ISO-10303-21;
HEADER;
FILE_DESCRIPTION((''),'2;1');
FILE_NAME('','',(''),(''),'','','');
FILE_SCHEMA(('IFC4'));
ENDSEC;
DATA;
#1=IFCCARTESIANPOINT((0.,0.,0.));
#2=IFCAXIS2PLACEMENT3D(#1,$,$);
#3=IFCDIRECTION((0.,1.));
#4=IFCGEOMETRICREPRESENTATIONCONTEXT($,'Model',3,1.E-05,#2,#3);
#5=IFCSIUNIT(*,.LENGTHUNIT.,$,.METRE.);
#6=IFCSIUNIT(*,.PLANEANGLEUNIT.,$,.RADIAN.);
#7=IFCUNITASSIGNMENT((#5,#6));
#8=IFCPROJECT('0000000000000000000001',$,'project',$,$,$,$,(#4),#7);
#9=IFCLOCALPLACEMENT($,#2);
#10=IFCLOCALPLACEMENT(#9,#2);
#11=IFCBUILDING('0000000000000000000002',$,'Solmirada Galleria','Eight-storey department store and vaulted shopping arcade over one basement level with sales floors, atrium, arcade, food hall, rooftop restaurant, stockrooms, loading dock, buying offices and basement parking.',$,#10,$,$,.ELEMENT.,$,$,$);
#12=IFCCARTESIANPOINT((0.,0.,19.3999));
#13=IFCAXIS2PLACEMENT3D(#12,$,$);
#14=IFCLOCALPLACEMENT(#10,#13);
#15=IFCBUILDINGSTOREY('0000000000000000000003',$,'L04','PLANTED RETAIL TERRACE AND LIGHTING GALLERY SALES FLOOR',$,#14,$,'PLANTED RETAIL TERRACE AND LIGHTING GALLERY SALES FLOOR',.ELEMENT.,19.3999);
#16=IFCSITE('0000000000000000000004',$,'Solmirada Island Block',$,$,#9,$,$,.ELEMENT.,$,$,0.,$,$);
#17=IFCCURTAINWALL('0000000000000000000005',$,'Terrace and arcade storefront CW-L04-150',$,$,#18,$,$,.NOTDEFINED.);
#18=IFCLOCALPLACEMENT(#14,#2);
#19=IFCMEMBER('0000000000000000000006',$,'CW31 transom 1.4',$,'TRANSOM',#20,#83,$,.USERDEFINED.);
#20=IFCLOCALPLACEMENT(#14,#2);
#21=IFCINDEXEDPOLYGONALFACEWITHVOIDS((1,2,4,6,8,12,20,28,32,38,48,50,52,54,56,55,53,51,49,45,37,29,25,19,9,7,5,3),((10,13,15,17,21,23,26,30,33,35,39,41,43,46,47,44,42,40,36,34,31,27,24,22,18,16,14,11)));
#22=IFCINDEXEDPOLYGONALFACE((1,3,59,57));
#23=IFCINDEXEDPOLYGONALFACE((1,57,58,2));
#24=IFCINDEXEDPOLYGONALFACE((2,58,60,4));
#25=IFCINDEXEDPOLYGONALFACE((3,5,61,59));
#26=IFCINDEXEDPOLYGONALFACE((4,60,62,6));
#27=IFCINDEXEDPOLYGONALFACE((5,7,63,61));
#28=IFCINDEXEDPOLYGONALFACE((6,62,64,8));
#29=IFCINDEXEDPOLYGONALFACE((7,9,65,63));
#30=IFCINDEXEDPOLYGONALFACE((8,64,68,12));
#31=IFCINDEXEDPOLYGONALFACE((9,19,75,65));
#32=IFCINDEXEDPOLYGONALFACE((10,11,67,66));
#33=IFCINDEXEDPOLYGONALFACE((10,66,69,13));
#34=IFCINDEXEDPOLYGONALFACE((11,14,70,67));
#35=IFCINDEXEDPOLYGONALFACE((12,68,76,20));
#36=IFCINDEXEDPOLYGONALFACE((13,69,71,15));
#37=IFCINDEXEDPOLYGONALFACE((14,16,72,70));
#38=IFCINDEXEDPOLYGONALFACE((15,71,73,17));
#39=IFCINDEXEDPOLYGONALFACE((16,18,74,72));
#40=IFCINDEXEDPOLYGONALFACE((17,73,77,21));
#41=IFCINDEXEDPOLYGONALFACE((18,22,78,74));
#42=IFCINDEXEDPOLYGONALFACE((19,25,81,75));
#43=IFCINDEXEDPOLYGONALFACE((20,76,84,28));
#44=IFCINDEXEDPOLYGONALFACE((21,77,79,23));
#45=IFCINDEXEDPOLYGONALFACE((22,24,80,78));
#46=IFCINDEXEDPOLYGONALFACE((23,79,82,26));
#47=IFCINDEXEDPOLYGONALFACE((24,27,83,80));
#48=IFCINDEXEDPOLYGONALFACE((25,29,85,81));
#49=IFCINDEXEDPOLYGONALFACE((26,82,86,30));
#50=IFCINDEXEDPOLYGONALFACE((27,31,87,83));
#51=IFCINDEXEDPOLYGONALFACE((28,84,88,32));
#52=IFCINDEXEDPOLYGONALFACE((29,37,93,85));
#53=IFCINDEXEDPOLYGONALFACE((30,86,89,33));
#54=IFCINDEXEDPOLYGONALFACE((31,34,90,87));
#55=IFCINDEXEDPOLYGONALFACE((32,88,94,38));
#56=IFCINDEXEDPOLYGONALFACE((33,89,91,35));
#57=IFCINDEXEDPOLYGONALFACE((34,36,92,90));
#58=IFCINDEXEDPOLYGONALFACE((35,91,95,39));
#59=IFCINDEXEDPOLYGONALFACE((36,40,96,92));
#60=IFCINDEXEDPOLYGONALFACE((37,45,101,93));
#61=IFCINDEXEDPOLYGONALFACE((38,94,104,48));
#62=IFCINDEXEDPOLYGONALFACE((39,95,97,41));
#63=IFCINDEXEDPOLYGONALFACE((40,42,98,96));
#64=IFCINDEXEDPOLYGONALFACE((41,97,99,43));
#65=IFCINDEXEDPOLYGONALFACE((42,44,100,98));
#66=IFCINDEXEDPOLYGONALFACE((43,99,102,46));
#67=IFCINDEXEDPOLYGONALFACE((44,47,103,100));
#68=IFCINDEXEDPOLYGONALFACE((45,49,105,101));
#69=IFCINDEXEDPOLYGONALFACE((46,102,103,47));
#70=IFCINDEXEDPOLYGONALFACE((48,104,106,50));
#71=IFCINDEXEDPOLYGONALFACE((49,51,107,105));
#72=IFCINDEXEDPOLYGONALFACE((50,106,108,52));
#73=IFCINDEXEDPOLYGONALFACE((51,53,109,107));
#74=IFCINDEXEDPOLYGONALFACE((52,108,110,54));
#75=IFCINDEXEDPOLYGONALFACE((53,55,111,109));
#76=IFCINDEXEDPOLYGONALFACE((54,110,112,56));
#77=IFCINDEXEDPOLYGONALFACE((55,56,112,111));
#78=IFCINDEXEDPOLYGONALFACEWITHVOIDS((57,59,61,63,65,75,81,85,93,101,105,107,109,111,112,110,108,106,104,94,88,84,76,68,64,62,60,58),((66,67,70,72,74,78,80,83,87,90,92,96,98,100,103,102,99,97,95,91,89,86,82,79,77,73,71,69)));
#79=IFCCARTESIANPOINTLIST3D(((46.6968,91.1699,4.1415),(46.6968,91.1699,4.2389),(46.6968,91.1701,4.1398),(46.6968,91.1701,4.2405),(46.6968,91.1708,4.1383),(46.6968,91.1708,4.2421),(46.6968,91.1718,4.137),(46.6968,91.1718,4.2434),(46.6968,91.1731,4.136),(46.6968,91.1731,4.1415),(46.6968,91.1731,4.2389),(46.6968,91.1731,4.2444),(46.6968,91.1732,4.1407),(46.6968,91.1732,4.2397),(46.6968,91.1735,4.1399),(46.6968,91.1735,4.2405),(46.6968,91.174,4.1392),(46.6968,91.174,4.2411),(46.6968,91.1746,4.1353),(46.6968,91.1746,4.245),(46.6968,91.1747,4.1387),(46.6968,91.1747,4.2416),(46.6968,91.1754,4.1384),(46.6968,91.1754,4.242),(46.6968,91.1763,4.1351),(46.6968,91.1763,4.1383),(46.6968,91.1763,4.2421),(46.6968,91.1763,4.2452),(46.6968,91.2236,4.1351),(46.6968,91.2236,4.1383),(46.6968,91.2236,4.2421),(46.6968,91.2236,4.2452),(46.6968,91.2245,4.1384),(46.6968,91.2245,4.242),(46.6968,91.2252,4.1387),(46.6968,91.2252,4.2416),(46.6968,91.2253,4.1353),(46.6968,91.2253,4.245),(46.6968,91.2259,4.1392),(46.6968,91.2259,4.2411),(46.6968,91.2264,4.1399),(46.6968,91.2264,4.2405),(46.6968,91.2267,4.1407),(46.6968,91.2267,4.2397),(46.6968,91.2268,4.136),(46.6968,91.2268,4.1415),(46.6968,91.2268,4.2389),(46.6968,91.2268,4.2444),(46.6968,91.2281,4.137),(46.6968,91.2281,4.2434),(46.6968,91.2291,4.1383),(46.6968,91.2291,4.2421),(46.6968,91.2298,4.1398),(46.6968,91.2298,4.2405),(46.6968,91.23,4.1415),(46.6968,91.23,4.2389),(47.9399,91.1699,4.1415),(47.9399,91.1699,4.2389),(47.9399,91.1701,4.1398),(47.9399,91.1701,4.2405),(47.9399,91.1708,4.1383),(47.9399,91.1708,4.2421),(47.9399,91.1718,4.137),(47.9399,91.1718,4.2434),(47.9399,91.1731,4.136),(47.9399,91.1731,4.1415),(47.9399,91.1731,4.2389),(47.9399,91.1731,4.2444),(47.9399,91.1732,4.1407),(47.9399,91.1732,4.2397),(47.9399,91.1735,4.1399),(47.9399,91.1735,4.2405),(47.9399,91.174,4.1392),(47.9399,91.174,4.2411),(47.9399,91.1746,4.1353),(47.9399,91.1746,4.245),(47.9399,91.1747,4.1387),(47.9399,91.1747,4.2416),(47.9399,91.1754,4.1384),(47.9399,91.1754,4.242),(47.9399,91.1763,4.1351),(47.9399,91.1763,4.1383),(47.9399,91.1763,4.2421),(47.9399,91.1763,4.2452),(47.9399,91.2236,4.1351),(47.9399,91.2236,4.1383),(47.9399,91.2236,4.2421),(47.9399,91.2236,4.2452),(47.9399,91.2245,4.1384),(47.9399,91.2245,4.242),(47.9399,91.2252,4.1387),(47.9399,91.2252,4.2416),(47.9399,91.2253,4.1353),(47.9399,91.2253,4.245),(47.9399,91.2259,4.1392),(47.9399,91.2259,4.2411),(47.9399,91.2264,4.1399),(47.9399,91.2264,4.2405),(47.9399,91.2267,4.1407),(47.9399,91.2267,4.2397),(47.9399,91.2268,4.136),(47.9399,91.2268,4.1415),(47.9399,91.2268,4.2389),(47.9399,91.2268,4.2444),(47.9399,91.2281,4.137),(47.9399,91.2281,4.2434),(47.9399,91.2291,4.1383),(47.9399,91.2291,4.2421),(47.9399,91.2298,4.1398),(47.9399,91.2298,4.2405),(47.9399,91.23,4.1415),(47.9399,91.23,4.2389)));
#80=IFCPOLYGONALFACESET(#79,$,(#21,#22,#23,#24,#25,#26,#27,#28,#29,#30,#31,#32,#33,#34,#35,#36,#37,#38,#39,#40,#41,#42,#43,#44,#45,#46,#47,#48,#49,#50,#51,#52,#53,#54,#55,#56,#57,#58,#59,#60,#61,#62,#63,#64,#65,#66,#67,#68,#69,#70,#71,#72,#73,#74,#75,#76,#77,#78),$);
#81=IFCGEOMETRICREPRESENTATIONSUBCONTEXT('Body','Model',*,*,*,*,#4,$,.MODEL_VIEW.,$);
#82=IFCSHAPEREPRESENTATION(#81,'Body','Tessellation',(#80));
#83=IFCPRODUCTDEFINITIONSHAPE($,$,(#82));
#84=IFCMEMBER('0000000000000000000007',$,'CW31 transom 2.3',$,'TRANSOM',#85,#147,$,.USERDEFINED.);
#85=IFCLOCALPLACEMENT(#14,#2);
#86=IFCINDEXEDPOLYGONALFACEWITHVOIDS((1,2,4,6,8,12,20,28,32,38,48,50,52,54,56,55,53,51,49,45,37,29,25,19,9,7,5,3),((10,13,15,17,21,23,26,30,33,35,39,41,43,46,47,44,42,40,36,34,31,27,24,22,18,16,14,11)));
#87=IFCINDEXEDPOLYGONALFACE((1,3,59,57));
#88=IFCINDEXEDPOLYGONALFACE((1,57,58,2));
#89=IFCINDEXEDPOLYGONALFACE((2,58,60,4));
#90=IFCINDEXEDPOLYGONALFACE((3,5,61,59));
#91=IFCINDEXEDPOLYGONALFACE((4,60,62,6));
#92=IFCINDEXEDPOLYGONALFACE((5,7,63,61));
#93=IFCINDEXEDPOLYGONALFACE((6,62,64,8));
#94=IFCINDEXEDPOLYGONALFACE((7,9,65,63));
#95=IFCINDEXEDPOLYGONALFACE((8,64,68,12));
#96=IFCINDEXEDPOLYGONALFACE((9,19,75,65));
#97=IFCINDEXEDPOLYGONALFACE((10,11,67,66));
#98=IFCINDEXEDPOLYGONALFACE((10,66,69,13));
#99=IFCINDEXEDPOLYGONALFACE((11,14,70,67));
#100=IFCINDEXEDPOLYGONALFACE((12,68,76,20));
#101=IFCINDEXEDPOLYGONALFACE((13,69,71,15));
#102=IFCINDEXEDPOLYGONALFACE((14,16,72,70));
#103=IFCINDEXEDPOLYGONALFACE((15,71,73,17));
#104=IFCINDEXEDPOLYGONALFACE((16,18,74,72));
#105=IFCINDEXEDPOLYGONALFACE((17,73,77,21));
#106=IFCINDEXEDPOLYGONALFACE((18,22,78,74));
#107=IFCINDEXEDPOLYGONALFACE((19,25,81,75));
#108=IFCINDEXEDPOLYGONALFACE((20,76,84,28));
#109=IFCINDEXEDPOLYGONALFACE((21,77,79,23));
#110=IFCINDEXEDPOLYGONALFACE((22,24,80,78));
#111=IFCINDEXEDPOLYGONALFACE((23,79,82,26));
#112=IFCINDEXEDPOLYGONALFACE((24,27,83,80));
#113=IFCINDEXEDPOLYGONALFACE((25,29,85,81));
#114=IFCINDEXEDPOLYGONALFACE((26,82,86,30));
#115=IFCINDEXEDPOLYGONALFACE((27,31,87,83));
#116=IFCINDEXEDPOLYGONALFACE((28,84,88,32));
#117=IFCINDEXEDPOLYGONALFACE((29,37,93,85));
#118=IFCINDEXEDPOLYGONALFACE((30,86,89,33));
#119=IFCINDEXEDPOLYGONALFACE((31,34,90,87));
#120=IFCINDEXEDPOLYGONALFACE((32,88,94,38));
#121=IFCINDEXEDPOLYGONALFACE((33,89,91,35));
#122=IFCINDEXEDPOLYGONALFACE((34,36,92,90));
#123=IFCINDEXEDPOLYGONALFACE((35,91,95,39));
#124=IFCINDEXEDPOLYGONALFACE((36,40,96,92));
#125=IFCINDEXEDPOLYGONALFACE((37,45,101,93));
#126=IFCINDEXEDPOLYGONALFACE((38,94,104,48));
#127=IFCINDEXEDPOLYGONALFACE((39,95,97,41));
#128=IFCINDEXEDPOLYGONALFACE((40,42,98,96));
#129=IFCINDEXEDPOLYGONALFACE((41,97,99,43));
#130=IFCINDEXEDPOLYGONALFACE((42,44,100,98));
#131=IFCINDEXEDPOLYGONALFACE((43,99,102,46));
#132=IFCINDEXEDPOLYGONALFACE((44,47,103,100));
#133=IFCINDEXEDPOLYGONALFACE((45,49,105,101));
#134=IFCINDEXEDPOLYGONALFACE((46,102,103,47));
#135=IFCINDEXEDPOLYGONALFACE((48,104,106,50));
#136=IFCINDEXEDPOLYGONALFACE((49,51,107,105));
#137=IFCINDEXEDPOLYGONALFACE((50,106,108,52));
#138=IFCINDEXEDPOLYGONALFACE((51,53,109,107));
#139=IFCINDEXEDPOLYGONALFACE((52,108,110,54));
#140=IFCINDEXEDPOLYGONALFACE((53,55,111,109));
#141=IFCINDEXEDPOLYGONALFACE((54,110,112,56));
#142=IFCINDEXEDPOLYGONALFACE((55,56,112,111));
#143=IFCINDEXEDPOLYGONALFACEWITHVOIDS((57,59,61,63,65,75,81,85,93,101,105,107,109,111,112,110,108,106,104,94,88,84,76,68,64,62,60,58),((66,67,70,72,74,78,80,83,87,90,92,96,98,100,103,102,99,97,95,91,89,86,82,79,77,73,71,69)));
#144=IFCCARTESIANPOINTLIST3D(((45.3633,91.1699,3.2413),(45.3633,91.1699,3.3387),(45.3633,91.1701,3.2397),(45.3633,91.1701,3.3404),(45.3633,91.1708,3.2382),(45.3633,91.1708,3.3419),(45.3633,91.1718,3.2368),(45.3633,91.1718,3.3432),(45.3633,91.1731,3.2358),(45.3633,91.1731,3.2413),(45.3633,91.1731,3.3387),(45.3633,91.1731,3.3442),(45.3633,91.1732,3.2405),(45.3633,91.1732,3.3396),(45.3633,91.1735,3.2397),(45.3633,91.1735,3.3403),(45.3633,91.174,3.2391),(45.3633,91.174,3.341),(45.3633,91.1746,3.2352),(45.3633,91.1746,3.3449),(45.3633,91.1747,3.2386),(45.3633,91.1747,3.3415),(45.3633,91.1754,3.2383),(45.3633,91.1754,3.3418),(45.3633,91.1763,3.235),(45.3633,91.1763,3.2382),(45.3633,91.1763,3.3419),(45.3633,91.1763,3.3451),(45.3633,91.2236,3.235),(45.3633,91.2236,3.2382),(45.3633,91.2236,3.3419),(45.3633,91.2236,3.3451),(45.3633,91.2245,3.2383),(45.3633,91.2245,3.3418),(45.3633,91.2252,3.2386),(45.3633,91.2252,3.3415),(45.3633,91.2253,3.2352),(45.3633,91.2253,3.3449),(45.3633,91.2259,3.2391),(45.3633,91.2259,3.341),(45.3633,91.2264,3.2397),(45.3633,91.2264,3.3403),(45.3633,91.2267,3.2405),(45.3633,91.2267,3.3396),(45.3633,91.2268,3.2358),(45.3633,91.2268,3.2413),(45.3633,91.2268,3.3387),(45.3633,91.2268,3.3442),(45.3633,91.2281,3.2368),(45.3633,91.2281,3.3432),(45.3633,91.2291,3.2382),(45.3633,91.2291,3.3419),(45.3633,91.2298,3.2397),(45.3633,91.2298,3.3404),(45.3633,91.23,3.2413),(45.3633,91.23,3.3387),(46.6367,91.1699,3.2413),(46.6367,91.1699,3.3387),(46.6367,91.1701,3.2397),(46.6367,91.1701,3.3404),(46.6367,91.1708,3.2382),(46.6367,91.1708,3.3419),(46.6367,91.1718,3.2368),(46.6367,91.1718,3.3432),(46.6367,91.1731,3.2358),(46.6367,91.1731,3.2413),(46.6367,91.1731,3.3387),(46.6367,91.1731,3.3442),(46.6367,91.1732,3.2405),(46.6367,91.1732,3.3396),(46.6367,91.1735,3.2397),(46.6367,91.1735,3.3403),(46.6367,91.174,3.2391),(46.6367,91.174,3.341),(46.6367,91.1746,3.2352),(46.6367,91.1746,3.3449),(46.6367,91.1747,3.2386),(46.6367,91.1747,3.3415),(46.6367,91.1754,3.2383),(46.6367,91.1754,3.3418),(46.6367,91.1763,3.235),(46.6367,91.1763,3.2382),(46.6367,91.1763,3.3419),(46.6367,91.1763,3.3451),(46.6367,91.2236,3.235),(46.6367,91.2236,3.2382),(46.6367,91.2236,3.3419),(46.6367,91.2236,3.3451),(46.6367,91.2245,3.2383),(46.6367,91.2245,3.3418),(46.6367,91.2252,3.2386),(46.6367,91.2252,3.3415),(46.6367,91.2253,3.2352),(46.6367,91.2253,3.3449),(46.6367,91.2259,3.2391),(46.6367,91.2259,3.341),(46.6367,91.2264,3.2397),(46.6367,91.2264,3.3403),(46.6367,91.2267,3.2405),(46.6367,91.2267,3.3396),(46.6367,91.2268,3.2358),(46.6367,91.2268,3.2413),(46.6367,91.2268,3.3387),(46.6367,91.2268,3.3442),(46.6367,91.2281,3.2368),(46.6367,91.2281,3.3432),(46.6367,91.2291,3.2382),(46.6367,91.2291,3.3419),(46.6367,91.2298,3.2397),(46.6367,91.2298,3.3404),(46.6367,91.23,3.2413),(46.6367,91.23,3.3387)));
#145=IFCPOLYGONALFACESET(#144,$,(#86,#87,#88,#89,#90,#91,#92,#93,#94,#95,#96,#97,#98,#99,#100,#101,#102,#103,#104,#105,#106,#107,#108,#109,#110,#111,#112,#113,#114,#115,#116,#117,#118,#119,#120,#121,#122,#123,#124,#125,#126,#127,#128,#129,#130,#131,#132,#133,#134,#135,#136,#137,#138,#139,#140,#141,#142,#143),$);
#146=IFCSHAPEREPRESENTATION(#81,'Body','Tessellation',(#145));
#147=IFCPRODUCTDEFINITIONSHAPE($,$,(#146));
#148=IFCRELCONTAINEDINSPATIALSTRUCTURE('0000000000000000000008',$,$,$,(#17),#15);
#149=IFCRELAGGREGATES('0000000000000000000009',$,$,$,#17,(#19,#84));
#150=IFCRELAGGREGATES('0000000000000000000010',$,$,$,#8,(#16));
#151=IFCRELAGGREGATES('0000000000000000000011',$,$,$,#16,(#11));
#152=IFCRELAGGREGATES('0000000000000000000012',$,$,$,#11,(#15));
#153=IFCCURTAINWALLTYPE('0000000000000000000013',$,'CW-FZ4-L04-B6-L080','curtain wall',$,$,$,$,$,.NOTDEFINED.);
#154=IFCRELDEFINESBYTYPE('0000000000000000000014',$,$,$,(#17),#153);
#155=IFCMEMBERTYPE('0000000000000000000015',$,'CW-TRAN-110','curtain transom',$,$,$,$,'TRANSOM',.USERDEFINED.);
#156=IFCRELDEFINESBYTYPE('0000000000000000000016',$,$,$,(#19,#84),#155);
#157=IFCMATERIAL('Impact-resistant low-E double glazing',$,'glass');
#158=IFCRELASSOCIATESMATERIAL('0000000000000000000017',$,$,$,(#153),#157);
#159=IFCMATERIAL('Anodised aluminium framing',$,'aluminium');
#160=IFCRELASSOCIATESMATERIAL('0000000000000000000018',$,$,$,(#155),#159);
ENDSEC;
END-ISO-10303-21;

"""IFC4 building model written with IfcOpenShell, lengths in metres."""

from ifc_helpers import new_model, si_unit, direction, frame, origin, origin_2d, place, context, subcontext, project, spatial, hollow_rectangle, extrude, material, material_profile, profile_set, type_object, element, aggregate, save


model = new_model("IFC4")

# Units and contexts
model_context = context("Model", 3, precision=1e-05, world=origin(), true_north=direction((0.0, 1.0)))
body_context = subcontext(model_context, "Body", "Model", "MODEL_VIEW")
ifc_project = project(units=[si_unit("LENGTHUNIT", "METRE"), si_unit("PLANEANGLEUNIT", "RADIAN")], contexts=[model_context])

# Site, building, storey
site_placement = place(None, origin())
site = spatial("IfcSite", under=ifc_project, at=site_placement, Name="Solmirada Island Block", CompositionType="ELEMENT", RefElevation=0.0)
building_placement = place(site_placement, origin())
building = spatial("IfcBuilding", under=site, at=building_placement, Name="Solmirada Galleria", Description="Eight-storey department store and vaulted shopping arcade over one basement level with sales floors, atrium, arcade, food hall, rooftop restaurant, stockrooms, loading dock, buying offices and basement parking.", CompositionType="ELEMENT")
storey_placement = place(building_placement, frame((0.0, 0.0, 19.3999)))
storey = spatial("IfcBuildingStorey", under=building, at=storey_placement, Name="L04", Description="PLANTED RETAIL TERRACE AND LIGHTING GALLERY SALES FLOOR", LongName="PLANTED RETAIL TERRACE AND LIGHTING GALLERY SALES FLOOR", CompositionType="ELEMENT", Elevation=19.3999)

# Curtain wall
ifc_material_1 = material(Name="Impact-resistant low-E double glazing", Category="glass")
curtain_wall_type = type_object("IfcCurtainWallType", Name="CW-FZ4-L04-B6-L080", Description="curtain wall", PredefinedType="NOTDEFINED", material=ifc_material_1)
ifc_material_2 = material(Name="Anodised aluminium framing", Category="aluminium")
curtain_wall_1_placement = place(storey_placement, origin())
curtain_wall_1 = element("IfcCurtainWall", 1, at=curtain_wall_1_placement, inside=storey, type_object=curtain_wall_type, Name="Terrace and arcade storefront CW-L04-150", PredefinedType="NOTDEFINED")

# Members
ifc_material_profile_1 = material_profile(ifc_material_2, hollow_rectangle(XDim=0.0601, YDim=0.1101, WallThickness=0.0032, InnerFilletRadius=0.0032, OuterFilletRadius=0.0063, at=origin_2d()), Name="ALU-TRAN-110X60")
ifc_profile_set_1 = profile_set([ifc_material_profile_1], Name="Anodised aluminium framing")
member_type_1 = type_object("IfcMemberType", Name="CW-TRAN-110", Description="curtain transom", ElementType="TRANSOM", PredefinedType="USERDEFINED", material=ifc_profile_set_1)
member_1_placement = place(storey_placement, frame((47.9399, 91.2, 4.1902), z_axis=(-1.0, 0.0, 0.0), x_axis=(0.0, -1.0, 0.0)))
member_1 = element("IfcMember", 2, at=member_1_placement, type_object=member_type_1, Name="CW31 transom 1.4", ObjectType="TRANSOM", PredefinedType="USERDEFINED", context=body_context, shape_type="SweptSolid", body=[
    extrude(hollow_rectangle(XDim=0.0601, YDim=0.1101, WallThickness=0.0032, InnerFilletRadius=0.0032, OuterFilletRadius=0.0063, at=origin_2d()), origin(), (0.0, 0.0, 1.0), 1.2432),
])
member_2_placement = place(storey_placement, frame((46.6367, 91.2, 3.29), z_axis=(-1.0, 0.0, 0.0), x_axis=(0.0, -1.0, 0.0)))
member_2 = element("IfcMember", 3, at=member_2_placement, type_object=member_type_1, Name="CW31 transom 2.3", ObjectType="TRANSOM", PredefinedType="USERDEFINED", context=body_context, shape_type="SweptSolid", body=[
    extrude(hollow_rectangle(XDim=0.0601, YDim=0.1101, WallThickness=0.0032, InnerFilletRadius=0.0032, OuterFilletRadius=0.0063, at=origin_2d()), origin(), (0.0, 0.0, 1.0), 1.2734),
])

aggregate(curtain_wall_1, [member_1, member_2])

save(model, "model.ifc")
